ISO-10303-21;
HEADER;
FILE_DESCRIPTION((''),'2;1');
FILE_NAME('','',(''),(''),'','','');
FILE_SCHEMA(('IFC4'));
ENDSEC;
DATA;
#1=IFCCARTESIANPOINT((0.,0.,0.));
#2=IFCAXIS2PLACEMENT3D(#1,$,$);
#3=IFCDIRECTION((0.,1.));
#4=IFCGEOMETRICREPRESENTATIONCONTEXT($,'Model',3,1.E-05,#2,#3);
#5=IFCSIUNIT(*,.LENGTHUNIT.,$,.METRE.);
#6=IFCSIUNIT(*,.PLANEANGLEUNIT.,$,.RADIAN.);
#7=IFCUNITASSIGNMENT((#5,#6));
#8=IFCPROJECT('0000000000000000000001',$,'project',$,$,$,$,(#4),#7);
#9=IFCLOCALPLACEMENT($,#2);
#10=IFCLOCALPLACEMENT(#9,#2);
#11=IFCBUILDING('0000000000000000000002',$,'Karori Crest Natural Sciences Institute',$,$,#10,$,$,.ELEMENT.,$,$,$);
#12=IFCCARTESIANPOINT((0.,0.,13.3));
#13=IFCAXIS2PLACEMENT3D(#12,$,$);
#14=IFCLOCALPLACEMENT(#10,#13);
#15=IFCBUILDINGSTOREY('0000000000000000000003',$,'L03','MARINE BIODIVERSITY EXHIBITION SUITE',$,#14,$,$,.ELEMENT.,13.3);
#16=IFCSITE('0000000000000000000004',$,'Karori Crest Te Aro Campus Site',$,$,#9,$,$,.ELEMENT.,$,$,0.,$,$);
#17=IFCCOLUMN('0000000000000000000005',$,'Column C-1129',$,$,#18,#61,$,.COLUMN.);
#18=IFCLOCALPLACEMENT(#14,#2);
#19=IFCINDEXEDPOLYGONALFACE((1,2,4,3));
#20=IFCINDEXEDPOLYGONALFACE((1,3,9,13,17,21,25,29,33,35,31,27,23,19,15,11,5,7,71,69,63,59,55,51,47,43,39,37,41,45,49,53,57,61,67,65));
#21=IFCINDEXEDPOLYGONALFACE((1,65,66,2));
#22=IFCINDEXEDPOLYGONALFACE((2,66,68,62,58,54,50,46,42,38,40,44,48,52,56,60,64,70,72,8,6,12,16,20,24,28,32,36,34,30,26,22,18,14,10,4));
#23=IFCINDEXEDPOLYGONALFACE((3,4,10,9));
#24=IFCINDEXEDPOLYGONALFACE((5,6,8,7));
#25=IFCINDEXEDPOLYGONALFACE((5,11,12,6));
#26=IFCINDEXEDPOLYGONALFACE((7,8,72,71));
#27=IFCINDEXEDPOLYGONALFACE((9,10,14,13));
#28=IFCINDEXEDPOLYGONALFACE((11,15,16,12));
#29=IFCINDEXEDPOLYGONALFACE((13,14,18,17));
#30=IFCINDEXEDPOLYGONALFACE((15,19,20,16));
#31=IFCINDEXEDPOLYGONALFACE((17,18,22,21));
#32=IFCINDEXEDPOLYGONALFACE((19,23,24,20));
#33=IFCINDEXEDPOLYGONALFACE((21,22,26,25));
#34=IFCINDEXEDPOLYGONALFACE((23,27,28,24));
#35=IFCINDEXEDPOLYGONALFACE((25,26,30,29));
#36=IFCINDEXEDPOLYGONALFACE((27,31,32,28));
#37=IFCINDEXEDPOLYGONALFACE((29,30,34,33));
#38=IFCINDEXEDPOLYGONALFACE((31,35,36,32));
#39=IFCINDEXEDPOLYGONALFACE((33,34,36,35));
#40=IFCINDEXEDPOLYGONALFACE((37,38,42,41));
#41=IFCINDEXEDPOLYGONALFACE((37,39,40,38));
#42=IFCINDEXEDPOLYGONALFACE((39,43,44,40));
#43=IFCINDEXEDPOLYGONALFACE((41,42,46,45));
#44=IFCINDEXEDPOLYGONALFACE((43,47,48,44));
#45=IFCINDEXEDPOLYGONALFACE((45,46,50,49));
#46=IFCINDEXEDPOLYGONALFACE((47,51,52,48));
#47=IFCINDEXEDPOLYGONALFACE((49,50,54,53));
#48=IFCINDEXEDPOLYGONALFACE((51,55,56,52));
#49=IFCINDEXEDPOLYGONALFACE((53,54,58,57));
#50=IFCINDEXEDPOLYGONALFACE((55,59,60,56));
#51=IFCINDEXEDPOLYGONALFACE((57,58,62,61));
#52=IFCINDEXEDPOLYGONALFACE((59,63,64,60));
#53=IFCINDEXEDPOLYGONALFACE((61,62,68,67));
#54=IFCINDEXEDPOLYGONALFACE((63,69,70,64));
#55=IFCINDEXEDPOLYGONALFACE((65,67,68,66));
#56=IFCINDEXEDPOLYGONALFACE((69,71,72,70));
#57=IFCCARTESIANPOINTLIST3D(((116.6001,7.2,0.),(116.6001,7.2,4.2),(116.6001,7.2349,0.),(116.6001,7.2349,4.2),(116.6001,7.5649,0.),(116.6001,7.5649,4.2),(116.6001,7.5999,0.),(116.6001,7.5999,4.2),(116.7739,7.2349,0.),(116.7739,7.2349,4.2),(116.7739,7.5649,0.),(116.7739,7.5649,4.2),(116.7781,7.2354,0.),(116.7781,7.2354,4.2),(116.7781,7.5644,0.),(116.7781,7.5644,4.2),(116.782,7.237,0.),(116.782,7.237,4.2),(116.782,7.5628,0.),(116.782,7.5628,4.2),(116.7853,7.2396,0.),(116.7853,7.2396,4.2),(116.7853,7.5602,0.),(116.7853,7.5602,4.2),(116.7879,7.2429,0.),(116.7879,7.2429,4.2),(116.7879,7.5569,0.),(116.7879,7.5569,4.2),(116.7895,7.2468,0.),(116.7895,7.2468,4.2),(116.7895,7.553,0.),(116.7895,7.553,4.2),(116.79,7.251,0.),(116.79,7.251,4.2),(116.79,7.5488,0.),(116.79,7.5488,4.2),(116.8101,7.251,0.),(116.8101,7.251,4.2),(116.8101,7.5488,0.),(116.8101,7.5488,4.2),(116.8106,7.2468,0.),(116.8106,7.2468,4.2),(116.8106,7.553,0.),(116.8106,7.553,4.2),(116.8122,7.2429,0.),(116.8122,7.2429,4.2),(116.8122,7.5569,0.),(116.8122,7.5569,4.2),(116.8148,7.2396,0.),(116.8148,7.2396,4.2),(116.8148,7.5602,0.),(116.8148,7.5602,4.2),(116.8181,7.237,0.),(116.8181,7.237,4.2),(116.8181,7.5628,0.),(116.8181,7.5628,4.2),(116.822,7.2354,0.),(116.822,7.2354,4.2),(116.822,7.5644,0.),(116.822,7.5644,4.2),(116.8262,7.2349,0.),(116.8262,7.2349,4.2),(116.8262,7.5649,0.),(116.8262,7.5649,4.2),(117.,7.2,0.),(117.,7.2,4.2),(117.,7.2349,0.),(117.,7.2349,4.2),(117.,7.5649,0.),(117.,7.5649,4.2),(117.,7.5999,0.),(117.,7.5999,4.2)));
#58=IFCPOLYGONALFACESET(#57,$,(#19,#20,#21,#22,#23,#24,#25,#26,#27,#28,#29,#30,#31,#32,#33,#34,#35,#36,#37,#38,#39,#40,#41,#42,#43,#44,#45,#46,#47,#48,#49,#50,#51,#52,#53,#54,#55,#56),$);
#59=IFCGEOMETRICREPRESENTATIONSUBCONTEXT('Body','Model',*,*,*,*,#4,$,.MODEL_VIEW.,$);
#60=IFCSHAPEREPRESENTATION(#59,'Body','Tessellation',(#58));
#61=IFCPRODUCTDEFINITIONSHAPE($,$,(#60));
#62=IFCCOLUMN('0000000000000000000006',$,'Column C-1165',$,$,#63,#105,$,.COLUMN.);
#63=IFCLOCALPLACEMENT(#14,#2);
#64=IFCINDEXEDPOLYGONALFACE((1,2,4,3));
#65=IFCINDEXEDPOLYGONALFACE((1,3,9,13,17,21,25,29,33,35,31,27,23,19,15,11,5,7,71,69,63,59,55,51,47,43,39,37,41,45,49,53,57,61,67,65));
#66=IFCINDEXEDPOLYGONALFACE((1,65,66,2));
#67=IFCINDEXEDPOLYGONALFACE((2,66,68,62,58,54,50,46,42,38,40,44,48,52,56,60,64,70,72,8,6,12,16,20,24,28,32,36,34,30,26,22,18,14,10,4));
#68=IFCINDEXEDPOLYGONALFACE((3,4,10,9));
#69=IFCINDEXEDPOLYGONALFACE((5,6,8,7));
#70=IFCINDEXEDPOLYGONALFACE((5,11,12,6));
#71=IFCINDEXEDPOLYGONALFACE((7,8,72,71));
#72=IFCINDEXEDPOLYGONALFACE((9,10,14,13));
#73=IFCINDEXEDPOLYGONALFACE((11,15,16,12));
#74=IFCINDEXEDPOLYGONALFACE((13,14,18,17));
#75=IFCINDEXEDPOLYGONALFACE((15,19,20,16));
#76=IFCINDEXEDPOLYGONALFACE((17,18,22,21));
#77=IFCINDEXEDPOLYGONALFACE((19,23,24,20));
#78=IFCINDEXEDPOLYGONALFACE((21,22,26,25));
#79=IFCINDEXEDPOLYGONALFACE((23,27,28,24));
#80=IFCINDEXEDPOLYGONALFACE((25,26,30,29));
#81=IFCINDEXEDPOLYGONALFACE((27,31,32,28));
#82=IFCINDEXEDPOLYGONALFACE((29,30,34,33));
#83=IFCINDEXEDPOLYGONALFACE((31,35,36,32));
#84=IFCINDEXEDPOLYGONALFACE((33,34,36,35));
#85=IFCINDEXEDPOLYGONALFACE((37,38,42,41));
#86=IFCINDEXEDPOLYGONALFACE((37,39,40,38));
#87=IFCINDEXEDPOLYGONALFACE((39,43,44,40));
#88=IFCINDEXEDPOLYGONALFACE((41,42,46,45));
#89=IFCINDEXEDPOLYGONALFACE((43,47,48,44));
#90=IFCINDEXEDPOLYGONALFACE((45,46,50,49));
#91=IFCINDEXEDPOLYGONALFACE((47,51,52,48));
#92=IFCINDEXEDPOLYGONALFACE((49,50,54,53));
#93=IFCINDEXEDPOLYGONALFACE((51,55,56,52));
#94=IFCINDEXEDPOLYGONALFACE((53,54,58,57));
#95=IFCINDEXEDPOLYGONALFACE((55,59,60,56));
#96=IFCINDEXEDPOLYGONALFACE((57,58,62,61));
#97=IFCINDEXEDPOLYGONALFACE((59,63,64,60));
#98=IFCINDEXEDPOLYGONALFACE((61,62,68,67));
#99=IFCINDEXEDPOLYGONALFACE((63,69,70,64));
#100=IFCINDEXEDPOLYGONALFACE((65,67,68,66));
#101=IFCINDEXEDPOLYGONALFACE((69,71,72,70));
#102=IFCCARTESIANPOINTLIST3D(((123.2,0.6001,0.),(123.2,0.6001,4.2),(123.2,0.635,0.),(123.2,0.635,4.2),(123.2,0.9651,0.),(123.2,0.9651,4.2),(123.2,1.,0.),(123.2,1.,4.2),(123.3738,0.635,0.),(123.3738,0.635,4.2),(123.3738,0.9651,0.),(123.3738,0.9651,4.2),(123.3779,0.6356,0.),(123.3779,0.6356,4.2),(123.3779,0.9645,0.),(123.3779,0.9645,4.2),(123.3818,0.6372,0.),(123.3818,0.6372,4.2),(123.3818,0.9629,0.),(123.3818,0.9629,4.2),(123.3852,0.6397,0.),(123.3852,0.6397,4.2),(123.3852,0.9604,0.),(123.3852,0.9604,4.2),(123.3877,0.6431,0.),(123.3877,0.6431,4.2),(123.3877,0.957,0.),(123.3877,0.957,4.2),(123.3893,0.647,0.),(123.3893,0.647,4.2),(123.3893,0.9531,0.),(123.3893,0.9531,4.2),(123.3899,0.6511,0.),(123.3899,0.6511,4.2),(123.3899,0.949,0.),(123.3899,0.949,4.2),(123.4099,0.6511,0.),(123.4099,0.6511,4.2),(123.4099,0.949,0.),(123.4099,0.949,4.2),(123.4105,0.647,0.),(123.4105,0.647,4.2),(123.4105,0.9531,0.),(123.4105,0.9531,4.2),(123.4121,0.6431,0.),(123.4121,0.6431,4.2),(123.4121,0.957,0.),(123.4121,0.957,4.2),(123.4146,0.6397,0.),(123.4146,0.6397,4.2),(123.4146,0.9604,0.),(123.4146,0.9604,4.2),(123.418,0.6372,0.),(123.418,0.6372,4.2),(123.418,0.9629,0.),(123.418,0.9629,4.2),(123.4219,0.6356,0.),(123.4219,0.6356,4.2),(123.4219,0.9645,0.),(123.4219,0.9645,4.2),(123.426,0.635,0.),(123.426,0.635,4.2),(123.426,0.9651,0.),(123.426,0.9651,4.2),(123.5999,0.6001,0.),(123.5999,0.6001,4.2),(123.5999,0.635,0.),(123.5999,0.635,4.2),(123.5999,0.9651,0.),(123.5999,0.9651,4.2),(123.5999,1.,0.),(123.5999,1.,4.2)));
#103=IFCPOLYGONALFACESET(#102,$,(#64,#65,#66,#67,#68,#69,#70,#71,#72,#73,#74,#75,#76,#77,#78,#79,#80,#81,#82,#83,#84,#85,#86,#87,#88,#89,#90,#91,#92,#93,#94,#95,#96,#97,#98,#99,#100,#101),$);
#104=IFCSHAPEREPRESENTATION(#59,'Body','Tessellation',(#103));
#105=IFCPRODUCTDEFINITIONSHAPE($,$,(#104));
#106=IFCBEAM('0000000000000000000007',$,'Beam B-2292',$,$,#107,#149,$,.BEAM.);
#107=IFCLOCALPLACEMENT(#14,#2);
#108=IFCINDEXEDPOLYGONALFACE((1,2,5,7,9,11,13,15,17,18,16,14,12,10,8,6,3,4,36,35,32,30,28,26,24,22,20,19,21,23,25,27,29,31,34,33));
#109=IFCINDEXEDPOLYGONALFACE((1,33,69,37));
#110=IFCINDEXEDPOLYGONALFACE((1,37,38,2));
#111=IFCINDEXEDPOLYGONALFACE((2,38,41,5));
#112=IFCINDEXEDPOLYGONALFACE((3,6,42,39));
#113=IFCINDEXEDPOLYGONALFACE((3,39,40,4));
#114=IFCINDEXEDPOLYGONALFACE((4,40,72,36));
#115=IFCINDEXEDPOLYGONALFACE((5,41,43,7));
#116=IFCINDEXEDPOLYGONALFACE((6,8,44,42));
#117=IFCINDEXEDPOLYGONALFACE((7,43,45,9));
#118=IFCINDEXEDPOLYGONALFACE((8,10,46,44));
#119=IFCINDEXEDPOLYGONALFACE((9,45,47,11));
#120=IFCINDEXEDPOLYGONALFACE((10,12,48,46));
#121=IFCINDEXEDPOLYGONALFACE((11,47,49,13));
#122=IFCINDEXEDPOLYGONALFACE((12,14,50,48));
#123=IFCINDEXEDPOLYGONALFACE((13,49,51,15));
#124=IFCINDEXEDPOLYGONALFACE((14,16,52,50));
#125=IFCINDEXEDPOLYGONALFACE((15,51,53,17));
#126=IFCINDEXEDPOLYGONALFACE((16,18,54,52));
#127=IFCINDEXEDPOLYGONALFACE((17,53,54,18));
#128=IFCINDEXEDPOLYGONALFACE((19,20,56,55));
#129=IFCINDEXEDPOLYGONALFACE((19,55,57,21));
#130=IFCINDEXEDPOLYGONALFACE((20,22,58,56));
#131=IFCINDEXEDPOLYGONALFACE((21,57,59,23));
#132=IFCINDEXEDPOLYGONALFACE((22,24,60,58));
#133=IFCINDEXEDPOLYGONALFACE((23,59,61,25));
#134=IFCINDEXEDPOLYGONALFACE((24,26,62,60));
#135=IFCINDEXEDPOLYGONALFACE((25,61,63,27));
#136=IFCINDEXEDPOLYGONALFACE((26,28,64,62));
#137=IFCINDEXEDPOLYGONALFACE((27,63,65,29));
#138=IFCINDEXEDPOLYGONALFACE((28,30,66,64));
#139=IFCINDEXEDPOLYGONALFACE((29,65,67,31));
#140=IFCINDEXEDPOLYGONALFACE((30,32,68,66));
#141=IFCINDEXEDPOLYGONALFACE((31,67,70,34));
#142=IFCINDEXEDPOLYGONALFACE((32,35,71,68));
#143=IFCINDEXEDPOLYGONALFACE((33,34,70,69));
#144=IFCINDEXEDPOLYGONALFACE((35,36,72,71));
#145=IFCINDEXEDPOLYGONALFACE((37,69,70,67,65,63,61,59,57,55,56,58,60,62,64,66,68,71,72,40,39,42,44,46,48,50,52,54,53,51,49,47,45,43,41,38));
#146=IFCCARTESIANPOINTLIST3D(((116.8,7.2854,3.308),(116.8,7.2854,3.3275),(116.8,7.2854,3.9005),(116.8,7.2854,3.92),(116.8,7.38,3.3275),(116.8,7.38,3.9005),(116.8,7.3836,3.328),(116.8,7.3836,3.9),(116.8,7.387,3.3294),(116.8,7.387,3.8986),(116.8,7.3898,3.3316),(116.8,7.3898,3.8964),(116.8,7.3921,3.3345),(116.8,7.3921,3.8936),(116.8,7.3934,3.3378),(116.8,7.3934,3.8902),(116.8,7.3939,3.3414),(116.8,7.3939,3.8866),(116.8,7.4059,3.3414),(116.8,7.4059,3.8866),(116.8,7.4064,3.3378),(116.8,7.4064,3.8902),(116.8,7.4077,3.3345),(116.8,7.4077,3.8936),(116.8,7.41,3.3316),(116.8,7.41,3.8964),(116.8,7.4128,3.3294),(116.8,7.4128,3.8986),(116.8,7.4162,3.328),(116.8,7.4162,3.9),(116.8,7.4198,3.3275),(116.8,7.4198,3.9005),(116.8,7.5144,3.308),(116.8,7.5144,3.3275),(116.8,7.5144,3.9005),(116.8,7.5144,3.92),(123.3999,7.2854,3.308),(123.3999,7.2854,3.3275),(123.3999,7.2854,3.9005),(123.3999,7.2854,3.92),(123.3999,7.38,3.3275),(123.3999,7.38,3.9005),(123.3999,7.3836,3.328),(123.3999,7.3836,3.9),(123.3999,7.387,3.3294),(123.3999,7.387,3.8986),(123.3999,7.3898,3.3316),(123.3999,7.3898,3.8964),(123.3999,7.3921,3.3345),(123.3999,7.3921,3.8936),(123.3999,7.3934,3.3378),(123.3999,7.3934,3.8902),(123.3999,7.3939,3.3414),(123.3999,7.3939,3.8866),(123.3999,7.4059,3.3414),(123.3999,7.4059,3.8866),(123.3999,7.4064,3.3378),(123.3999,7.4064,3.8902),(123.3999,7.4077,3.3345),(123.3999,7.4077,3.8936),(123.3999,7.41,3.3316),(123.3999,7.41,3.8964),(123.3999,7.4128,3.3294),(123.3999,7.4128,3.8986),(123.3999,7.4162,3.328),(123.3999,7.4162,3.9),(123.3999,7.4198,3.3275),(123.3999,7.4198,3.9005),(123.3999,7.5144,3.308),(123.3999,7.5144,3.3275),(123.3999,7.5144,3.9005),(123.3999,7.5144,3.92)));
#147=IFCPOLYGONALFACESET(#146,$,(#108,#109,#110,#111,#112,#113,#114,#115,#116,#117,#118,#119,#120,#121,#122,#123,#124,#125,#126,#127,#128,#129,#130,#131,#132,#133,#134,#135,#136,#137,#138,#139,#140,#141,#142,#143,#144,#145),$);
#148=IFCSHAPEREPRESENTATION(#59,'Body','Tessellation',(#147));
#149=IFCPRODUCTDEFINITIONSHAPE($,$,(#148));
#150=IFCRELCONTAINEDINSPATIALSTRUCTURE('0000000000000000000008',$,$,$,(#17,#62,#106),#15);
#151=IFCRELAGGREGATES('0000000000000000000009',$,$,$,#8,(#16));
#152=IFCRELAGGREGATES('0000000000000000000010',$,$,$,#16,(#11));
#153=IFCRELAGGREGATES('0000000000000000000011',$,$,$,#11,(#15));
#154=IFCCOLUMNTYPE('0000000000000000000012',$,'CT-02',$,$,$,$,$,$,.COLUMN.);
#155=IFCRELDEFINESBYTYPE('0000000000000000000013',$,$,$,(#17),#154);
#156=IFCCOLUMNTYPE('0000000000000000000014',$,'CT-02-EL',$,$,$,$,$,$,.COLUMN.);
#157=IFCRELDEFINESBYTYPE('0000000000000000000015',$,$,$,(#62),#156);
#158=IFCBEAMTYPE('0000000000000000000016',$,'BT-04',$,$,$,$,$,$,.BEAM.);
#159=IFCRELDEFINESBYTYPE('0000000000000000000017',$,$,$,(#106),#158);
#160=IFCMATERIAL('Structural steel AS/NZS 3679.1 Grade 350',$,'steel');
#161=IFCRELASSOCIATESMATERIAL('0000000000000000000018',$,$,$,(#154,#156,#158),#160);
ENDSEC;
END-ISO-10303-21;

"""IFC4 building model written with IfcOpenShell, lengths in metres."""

from ifc_helpers import new_model, si_unit, direction, frame, origin, origin_2d, place, context, subcontext, project, spatial, i_section, extrude, material, material_profile, profile_set, type_object, element, save


model = new_model("IFC4")

# Units and contexts
model_context = context("Model", 3, precision=1e-05, world=origin(), true_north=direction((0.0, 1.0)))
body_context = subcontext(model_context, "Body", "Model", "MODEL_VIEW")
ifc_project = project(units=[si_unit("LENGTHUNIT", "METRE"), si_unit("PLANEANGLEUNIT", "RADIAN")], contexts=[model_context])

# Site, building, storey
site_placement = place(None, origin())
site = spatial("IfcSite", under=ifc_project, at=site_placement, Name="Karori Crest Te Aro Campus Site", CompositionType="ELEMENT", RefElevation=0.0)
building_placement = place(site_placement, origin())
building = spatial("IfcBuilding", under=site, at=building_placement, Name="Karori Crest Natural Sciences Institute", CompositionType="ELEMENT")
storey_placement = place(building_placement, frame((0.0, 0.0, 13.3)))
storey = spatial("IfcBuildingStorey", under=building, at=storey_placement, Name="L03", Description="MARINE BIODIVERSITY EXHIBITION SUITE", CompositionType="ELEMENT", Elevation=13.3)

# Columns
ifc_material_1 = material(Name="Structural steel AS/NZS 3679.1 Grade 350", Category="steel")
ifc_material_profile_1 = material_profile(ifc_material_1, i_section(OverallWidth=0.3999, OverallDepth=0.3999, WebThickness=0.02, FlangeThickness=0.0349, FilletRadius=0.0161, at=origin_2d()), Name="400WC328")
ifc_profile_set_1 = profile_set([ifc_material_profile_1], Name="Structural steel AS/NZS 3679.1 Grade 350")
column_type_1 = type_object("IfcColumnType", Name="CT-02", PredefinedType="COLUMN", material=ifc_profile_set_1)
column_1_placement = place(storey_placement, frame((116.8, 7.3999, 0.0), z_axis=(0.0, 0.0, 1.0), x_axis=(1.0, 0.0, 0.0)))
element("IfcColumn", 1, at=column_1_placement, inside=storey, type_object=column_type_1, Name="Column C-1129", PredefinedType="COLUMN", context=body_context, shape_type="SweptSolid", body=[
    extrude(i_section(OverallWidth=0.3999, OverallDepth=0.3999, WebThickness=0.02, FlangeThickness=0.0349, FilletRadius=0.0161, at=origin_2d()), origin(), (0.0, 0.0, 1.0), 4.2),
])
ifc_material_profile_2 = material_profile(ifc_material_1, i_section(OverallWidth=0.3999, OverallDepth=0.3999, WebThickness=0.02, FlangeThickness=0.0349, FilletRadius=0.0161, at=origin_2d()), Name="400WC328")
ifc_profile_set_2 = profile_set([ifc_material_profile_2], Name="Structural steel AS/NZS 3679.1 Grade 350")
column_type_2 = type_object("IfcColumnType", Name="CT-02-EL", PredefinedType="COLUMN", material=ifc_profile_set_2)
column_2_placement = place(storey_placement, frame((123.3999, 0.8, 0.0), z_axis=(0.0, 0.0, 1.0), x_axis=(1.0, 0.0, 0.0)))
element("IfcColumn", 2, at=column_2_placement, inside=storey, type_object=column_type_2, Name="Column C-1165", PredefinedType="COLUMN", context=body_context, shape_type="SweptSolid", body=[
    extrude(i_section(OverallWidth=0.3999, OverallDepth=0.3999, WebThickness=0.02, FlangeThickness=0.0349, FilletRadius=0.0161, at=origin_2d()), origin(), (0.0, 0.0, 1.0), 4.2),
])

# Beam
ifc_material_profile_3 = material_profile(ifc_material_1, i_section(OverallWidth=0.229, OverallDepth=0.6121, WebThickness=0.012, FlangeThickness=0.0195, FilletRadius=0.0139, at=origin_2d()), Name="610UB125")
ifc_profile_set_3 = profile_set([ifc_material_profile_3], Name="Structural steel AS/NZS 3679.1 Grade 350")
beam_type_1 = type_object("IfcBeamType", Name="BT-04", PredefinedType="BEAM", material=ifc_profile_set_3)
beam_1_placement = place(storey_placement, frame((116.8, 7.3999, 3.614), z_axis=(1.0, 0.0, 0.0), x_axis=(0.0, 1.0, 0.0)))
element("IfcBeam", 3, at=beam_1_placement, inside=storey, type_object=beam_type_1, Name="Beam B-2292", PredefinedType="BEAM", context=body_context, shape_type="SweptSolid", body=[
    extrude(i_section(OverallWidth=0.229, OverallDepth=0.6121, WebThickness=0.012, FlangeThickness=0.0195, FilletRadius=0.0139, at=origin_2d()), origin(), (0.0, 0.0, 1.0), 6.5999),
])

save(model, "model.ifc")
